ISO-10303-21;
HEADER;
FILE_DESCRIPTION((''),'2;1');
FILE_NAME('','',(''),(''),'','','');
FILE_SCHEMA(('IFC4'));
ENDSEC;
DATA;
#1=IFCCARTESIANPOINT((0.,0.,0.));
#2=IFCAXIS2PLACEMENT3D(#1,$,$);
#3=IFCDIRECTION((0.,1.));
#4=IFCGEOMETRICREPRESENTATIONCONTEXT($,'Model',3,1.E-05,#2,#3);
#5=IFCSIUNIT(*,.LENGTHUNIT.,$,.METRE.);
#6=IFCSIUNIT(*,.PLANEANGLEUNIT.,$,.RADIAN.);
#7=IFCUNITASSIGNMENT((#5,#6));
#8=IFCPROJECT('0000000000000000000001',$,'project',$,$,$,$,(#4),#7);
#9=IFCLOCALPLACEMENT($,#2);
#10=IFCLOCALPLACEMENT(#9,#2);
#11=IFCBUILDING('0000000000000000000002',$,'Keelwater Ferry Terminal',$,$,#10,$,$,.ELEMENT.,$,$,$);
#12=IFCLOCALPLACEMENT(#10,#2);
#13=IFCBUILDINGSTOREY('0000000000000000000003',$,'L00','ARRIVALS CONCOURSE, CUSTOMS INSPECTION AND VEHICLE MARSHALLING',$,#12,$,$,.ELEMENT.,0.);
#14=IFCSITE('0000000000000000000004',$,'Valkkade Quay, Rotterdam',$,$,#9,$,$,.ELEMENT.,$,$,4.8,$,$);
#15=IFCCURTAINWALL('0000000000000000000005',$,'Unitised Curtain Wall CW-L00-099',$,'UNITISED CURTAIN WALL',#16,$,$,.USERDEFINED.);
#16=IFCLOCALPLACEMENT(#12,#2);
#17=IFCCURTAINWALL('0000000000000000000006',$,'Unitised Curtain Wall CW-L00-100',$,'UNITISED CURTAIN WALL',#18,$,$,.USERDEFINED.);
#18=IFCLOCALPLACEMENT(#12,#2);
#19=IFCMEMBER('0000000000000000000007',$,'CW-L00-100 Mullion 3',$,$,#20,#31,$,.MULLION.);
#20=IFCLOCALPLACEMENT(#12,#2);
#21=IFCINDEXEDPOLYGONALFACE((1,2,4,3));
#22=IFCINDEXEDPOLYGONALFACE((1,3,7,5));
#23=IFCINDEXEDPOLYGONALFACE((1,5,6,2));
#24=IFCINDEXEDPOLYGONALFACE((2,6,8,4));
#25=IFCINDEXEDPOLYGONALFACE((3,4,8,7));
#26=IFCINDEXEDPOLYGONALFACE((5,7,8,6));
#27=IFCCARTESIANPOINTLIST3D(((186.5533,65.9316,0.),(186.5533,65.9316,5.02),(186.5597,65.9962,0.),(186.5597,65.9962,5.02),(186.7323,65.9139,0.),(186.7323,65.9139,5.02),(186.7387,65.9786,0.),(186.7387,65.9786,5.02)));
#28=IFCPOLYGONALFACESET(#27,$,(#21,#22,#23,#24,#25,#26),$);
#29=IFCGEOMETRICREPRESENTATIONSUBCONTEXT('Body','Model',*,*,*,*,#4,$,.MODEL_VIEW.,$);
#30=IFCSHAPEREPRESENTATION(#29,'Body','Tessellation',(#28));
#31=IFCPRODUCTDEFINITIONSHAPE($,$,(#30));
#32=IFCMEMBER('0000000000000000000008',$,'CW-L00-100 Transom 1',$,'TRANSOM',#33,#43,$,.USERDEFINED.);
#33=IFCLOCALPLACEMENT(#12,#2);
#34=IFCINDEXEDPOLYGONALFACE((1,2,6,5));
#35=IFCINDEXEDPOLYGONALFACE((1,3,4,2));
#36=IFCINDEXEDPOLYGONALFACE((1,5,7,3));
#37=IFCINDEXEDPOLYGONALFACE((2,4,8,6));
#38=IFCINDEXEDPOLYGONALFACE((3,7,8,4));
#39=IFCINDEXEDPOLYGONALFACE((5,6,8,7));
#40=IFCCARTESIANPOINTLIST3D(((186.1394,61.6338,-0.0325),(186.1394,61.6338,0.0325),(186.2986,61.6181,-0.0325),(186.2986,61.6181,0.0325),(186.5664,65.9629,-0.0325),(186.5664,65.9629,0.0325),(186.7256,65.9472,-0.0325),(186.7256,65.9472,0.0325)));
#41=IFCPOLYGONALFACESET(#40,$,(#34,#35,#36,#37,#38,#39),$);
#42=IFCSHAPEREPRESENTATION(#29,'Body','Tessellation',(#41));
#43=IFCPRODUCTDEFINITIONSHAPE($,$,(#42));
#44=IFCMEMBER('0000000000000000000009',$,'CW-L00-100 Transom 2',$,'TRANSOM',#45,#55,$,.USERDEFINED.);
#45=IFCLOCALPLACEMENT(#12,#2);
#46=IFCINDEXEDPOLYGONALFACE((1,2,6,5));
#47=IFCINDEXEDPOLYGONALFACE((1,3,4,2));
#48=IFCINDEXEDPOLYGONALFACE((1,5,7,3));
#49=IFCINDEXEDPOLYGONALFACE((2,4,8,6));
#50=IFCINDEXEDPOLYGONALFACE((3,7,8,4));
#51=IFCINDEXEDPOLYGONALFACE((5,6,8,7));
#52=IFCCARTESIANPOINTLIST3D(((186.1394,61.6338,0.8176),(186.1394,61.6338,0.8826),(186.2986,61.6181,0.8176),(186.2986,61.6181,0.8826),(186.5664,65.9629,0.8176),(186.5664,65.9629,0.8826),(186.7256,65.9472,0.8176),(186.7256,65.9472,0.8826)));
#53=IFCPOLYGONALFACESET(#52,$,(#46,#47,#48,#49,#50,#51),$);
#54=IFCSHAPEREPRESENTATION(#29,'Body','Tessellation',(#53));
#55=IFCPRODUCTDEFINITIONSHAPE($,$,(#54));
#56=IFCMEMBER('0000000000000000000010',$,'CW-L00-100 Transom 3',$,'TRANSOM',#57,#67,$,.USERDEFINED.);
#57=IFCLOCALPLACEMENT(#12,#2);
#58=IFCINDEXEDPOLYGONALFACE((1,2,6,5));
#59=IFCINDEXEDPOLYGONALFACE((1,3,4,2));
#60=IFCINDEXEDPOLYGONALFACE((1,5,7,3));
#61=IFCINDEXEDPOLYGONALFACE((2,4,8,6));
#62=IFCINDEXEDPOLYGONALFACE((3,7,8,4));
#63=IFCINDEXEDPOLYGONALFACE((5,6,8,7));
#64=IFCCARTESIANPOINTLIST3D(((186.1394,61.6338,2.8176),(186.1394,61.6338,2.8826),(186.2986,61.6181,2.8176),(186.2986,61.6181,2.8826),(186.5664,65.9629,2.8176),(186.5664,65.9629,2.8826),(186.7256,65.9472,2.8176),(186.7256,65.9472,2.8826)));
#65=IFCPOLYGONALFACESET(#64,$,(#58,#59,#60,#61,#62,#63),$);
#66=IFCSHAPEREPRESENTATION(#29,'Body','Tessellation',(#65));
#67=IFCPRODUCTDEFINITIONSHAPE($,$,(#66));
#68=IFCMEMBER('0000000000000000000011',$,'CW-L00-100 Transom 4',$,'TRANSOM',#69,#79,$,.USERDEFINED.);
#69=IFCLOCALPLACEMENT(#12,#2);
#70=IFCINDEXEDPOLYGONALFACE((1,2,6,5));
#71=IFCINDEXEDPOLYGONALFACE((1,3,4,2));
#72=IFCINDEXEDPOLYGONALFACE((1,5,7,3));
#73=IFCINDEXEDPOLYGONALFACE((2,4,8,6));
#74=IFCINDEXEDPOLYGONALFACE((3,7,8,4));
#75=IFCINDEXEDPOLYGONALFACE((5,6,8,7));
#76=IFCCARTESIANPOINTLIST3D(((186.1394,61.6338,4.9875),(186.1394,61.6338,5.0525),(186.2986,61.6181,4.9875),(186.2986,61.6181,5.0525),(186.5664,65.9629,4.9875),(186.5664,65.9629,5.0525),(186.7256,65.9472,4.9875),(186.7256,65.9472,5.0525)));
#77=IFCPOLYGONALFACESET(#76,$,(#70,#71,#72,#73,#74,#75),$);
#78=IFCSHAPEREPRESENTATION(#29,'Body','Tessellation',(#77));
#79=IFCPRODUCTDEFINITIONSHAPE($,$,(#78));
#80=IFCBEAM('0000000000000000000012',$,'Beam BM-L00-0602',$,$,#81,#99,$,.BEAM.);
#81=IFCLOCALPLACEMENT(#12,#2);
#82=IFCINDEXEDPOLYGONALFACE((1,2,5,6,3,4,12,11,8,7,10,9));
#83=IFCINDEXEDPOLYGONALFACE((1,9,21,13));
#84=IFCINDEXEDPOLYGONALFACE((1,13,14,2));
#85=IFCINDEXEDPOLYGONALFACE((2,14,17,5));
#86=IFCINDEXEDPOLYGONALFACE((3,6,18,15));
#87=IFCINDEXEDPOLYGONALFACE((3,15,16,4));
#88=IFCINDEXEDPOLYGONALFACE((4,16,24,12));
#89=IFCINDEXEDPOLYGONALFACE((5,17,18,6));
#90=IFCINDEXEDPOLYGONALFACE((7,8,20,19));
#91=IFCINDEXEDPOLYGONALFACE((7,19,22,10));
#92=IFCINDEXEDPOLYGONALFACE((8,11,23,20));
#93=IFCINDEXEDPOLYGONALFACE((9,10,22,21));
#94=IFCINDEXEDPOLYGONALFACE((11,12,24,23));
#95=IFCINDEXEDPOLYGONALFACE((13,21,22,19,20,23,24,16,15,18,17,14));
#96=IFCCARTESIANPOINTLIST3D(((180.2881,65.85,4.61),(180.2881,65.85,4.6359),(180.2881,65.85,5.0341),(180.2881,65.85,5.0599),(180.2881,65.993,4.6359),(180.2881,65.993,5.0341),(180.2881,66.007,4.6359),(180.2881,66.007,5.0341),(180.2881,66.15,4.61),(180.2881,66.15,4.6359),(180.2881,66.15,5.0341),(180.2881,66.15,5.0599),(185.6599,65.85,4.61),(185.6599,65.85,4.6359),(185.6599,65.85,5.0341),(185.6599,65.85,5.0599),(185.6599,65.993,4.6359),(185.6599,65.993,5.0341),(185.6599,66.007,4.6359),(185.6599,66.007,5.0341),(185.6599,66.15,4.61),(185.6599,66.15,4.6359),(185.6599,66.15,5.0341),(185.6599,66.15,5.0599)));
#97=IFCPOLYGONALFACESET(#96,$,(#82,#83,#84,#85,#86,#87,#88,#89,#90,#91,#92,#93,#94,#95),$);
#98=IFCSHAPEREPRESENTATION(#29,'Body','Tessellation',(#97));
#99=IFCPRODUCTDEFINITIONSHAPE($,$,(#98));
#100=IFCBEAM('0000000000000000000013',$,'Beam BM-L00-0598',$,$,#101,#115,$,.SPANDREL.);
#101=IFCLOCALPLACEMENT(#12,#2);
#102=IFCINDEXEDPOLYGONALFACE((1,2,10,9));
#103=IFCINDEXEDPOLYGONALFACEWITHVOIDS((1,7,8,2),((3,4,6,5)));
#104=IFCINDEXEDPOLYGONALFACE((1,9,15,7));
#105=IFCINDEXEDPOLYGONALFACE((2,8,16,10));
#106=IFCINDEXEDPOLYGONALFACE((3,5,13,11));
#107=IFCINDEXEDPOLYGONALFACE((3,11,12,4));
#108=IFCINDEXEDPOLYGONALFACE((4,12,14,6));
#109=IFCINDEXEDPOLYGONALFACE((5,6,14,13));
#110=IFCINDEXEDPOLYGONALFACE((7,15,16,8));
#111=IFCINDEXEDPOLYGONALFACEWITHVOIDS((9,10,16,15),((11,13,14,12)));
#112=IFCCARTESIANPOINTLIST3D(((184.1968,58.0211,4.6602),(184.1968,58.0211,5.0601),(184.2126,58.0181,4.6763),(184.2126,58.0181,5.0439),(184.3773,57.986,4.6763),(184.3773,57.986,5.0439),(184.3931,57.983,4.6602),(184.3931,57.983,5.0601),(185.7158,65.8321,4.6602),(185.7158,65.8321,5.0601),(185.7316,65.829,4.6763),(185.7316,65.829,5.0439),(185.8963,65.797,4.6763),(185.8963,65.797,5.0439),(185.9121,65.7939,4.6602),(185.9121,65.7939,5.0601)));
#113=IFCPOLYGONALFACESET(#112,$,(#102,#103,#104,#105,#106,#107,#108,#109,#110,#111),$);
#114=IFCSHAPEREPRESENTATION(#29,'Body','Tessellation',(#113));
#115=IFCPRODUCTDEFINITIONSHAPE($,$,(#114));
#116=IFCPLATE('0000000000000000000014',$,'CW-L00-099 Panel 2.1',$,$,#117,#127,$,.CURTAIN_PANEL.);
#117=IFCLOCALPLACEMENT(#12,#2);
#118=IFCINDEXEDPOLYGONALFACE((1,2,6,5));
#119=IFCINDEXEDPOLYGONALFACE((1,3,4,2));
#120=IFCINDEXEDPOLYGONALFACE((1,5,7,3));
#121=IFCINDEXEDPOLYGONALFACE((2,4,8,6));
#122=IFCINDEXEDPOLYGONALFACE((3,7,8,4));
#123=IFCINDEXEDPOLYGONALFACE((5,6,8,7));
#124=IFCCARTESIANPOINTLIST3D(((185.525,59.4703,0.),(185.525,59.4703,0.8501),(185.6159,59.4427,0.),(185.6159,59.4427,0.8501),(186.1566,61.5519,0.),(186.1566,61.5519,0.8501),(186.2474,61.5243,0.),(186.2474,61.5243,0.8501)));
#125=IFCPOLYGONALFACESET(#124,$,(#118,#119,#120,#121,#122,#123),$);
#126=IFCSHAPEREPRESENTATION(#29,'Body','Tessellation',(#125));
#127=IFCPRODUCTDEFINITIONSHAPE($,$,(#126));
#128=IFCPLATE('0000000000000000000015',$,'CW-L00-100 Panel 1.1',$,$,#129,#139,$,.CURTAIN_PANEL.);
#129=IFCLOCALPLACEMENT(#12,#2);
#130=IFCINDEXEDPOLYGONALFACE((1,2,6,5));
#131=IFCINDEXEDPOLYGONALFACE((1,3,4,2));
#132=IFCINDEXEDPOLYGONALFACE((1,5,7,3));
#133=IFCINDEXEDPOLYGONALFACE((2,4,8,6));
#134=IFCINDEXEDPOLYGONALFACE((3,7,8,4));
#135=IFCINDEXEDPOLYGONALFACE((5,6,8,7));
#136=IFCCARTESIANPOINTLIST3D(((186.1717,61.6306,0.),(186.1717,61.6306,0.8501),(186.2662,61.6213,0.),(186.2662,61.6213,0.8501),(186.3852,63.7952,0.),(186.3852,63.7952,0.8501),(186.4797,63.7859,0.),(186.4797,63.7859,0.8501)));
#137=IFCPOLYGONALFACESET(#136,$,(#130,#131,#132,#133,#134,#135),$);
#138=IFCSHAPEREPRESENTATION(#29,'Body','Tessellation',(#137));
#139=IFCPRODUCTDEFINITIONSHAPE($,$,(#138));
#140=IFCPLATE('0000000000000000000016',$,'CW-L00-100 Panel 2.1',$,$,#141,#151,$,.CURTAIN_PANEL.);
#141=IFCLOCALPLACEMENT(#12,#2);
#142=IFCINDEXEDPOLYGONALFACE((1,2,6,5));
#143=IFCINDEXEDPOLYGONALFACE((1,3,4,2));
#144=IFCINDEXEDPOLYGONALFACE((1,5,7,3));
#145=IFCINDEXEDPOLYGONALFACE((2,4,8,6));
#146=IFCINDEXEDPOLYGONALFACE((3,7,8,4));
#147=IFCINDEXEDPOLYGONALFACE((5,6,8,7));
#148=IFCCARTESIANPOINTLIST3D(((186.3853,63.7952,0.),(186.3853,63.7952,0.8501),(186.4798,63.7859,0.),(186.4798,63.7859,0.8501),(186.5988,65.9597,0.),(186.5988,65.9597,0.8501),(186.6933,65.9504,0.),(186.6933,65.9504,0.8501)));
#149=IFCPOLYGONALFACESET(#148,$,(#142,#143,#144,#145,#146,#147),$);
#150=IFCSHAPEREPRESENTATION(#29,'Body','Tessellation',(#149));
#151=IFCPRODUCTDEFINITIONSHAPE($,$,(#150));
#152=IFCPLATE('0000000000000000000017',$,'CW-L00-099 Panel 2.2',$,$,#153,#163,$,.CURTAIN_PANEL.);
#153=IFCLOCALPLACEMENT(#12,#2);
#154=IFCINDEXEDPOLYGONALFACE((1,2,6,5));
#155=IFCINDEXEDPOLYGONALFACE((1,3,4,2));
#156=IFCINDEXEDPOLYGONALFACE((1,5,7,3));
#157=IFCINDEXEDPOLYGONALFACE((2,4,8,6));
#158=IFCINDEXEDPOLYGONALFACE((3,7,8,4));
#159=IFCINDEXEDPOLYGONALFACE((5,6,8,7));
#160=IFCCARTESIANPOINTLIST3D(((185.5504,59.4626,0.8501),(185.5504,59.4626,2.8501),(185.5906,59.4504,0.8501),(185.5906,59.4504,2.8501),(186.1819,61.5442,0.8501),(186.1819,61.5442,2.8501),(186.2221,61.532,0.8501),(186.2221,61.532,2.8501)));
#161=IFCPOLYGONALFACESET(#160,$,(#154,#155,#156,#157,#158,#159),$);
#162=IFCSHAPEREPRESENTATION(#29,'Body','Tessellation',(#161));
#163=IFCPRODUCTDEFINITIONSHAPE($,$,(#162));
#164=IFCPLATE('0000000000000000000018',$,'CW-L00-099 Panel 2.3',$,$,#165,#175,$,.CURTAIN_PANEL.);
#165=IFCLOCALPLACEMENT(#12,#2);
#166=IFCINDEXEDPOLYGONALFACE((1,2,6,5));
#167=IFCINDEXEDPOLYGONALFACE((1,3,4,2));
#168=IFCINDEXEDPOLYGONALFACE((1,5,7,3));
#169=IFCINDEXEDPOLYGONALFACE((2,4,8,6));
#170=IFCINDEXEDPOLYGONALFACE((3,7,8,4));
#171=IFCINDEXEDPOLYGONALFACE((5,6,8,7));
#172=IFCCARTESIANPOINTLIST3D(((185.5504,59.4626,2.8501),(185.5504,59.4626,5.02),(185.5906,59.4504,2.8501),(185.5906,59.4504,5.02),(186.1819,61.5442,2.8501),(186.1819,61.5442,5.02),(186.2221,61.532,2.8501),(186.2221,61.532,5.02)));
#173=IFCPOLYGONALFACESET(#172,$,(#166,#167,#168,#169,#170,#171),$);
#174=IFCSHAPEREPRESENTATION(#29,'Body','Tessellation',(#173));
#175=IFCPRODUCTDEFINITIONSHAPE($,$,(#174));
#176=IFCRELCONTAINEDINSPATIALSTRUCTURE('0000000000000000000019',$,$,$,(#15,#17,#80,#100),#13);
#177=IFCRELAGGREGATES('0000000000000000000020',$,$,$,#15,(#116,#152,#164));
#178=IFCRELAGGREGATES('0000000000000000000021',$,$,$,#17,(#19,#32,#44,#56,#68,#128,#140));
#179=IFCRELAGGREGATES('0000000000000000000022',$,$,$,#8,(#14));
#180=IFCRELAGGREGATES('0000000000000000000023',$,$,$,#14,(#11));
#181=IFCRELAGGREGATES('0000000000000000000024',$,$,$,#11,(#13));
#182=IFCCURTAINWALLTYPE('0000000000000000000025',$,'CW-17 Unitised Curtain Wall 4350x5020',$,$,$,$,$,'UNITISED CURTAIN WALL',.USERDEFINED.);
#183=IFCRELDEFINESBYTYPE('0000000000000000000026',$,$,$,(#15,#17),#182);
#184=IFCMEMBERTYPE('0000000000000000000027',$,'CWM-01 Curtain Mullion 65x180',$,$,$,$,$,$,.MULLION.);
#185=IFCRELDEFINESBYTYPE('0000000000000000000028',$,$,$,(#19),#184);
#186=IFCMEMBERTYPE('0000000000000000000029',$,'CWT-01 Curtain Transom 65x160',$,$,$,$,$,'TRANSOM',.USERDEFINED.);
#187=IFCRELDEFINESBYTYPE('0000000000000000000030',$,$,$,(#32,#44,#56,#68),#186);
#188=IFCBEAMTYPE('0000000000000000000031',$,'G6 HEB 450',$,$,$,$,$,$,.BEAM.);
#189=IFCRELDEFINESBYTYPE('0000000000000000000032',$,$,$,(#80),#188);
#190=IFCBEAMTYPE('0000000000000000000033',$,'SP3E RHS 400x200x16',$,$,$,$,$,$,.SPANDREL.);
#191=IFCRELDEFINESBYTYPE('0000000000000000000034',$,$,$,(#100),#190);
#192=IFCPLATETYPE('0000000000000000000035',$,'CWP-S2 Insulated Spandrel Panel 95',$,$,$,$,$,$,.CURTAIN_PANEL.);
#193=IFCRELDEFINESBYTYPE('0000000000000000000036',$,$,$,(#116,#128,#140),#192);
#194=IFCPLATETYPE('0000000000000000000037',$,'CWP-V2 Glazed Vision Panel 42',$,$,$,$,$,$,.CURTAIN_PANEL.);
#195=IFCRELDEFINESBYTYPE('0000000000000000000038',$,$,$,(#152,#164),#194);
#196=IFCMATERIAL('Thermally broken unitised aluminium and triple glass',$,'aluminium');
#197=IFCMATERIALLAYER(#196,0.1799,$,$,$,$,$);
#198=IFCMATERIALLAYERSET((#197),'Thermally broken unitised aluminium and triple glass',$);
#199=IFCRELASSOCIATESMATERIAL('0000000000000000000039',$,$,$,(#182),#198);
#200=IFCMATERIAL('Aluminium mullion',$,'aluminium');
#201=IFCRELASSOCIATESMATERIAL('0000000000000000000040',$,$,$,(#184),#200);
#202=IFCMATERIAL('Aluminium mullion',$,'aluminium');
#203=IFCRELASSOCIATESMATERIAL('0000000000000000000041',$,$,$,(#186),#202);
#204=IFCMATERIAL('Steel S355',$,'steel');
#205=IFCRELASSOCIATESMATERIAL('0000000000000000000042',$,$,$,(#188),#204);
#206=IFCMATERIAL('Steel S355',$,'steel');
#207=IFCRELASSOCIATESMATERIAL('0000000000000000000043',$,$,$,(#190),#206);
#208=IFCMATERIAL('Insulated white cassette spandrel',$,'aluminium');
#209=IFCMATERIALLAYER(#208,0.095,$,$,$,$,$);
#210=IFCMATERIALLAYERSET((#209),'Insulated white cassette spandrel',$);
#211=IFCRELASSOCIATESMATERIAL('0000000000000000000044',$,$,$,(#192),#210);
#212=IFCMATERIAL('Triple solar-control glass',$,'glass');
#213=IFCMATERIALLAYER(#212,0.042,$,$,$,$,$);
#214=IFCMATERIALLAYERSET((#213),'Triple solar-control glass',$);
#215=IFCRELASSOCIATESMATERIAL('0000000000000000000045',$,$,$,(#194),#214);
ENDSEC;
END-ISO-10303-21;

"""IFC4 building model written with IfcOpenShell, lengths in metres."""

from ifc_helpers import new_model, si_unit, direction, frame, origin, origin_2d, place, context, subcontext, project, spatial, rectangle, hollow_rectangle, i_section, extrude, material, layer, layer_set, material_profile, profile_set, type_object, element, aggregate, save


model = new_model("IFC4")

# Units and contexts
model_context = context("Model", 3, precision=1e-05, world=origin(), true_north=direction((0.0, 1.0)))
body_context = subcontext(model_context, "Body", "Model", "MODEL_VIEW")
ifc_project = project(units=[si_unit("LENGTHUNIT", "METRE"), si_unit("PLANEANGLEUNIT", "RADIAN")], contexts=[model_context])

# Site, building, storey
site_placement = place(None, origin())
site = spatial("IfcSite", under=ifc_project, at=site_placement, Name="Valkkade Quay, Rotterdam", CompositionType="ELEMENT", RefElevation=4.8)
building_placement = place(site_placement, origin())
building = spatial("IfcBuilding", under=site, at=building_placement, Name="Keelwater Ferry Terminal", CompositionType="ELEMENT")
storey_placement = place(building_placement, origin())
storey = spatial("IfcBuildingStorey", under=building, at=storey_placement, Name="L00", Description="ARRIVALS CONCOURSE, CUSTOMS INSPECTION AND VEHICLE MARSHALLING", CompositionType="ELEMENT", Elevation=0.0)

# Curtain wall
ifc_material_1 = material(Name="Thermally broken unitised aluminium and triple glass", Category="aluminium")
ifc_layer_1 = layer(ifc_material_1, 0.1799)
ifc_layer_set_1 = layer_set([ifc_layer_1], Name="Thermally broken unitised aluminium and triple glass")
curtain_wall_type = type_object("IfcCurtainWallType", Name="CW-17 Unitised Curtain Wall 4350x5020", ElementType="UNITISED CURTAIN WALL", PredefinedType="USERDEFINED", material=ifc_layer_set_1)
curtain_wall_1_placement = place(storey_placement, origin())
curtain_wall_1 = element("IfcCurtainWall", 1, at=curtain_wall_1_placement, inside=storey, type_object=curtain_wall_type, Name="Unitised Curtain Wall CW-L00-099", ObjectType="UNITISED CURTAIN WALL", PredefinedType="USERDEFINED")
ifc_material_2 = material(Name="Aluminium mullion", Category="aluminium")
ifc_material_profile_1 = material_profile(ifc_material_2, rectangle(XDim=0.0649, YDim=0.1799, at=origin_2d()), Name="CWM-01")
ifc_profile_set_1 = profile_set([ifc_material_profile_1], Name="Aluminium mullion")
member_type_1 = type_object("IfcMemberType", Name="CWM-01 Curtain Mullion 65x180", PredefinedType="MULLION", material=ifc_profile_set_1)

# Curtain wall, members
curtain_wall_2_placement = place(storey_placement, origin())
curtain_wall_2 = element("IfcCurtainWall", 2, at=curtain_wall_2_placement, inside=storey, type_object=curtain_wall_type, Name="Unitised Curtain Wall CW-L00-100", ObjectType="UNITISED CURTAIN WALL", PredefinedType="USERDEFINED")
member_1_placement = place(storey_placement, frame((186.646, 65.9551, 0.0), z_axis=(0.0, 0.0, 1.0), x_axis=(0.098161, 0.995171, 0.0)))
member_1 = element("IfcMember", 3, at=member_1_placement, type_object=member_type_1, Name="CW-L00-100 Mullion 3", PredefinedType="MULLION", context=body_context, shape_type="SweptSolid", body=[
    extrude(rectangle(XDim=0.0649, YDim=0.1799, at=origin_2d()), origin(), (0.0, 0.0, 1.0), 5.02),
])
ifc_material_3 = material(Name="Aluminium mullion", Category="aluminium")
ifc_material_profile_2 = material_profile(ifc_material_3, rectangle(XDim=0.1599, YDim=0.0649, at=origin_2d()), Name="CWT-01")
ifc_profile_set_2 = profile_set([ifc_material_profile_2], Name="Aluminium mullion")
member_type_2 = type_object("IfcMemberType", Name="CWT-01 Curtain Transom 65x160", ElementType="TRANSOM", PredefinedType="USERDEFINED", material=ifc_profile_set_2)
member_2_placement = place(storey_placement, frame((186.219, 61.626, 0.0), z_axis=(0.098159, 0.995171, 0.0), x_axis=(-0.995171, 0.098159, 0.0)))
member_2 = element("IfcMember", 4, at=member_2_placement, type_object=member_type_2, Name="CW-L00-100 Transom 1", ObjectType="TRANSOM", PredefinedType="USERDEFINED", context=body_context, shape_type="SweptSolid", body=[
    extrude(rectangle(XDim=0.1599, YDim=0.0649, at=origin_2d()), origin(), (0.0, 0.0, 1.0), 4.3501),
])
member_3_placement = place(storey_placement, frame((186.219, 61.626, 0.8501), z_axis=(0.098159, 0.995171, 0.0), x_axis=(-0.995171, 0.098159, 0.0)))
member_3 = element("IfcMember", 5, at=member_3_placement, type_object=member_type_2, Name="CW-L00-100 Transom 2", ObjectType="TRANSOM", PredefinedType="USERDEFINED", context=body_context, shape_type="SweptSolid", body=[
    extrude(rectangle(XDim=0.1599, YDim=0.0649, at=origin_2d()), origin(), (0.0, 0.0, 1.0), 4.3501),
])
member_4_placement = place(storey_placement, frame((186.219, 61.626, 2.8501), z_axis=(0.098159, 0.995171, 0.0), x_axis=(-0.995171, 0.098159, 0.0)))
member_4 = element("IfcMember", 6, at=member_4_placement, type_object=member_type_2, Name="CW-L00-100 Transom 3", ObjectType="TRANSOM", PredefinedType="USERDEFINED", context=body_context, shape_type="SweptSolid", body=[
    extrude(rectangle(XDim=0.1599, YDim=0.0649, at=origin_2d()), origin(), (0.0, 0.0, 1.0), 4.3501),
])
member_5_placement = place(storey_placement, frame((186.219, 61.626, 5.02), z_axis=(0.098159, 0.995171, 0.0), x_axis=(-0.995171, 0.098159, 0.0)))
member_5 = element("IfcMember", 7, at=member_5_placement, type_object=member_type_2, Name="CW-L00-100 Transom 4", ObjectType="TRANSOM", PredefinedType="USERDEFINED", context=body_context, shape_type="SweptSolid", body=[
    extrude(rectangle(XDim=0.1599, YDim=0.0649, at=origin_2d()), origin(), (0.0, 0.0, 1.0), 4.3501),
])

# Beams
ifc_material_4 = material(Name="Steel S355", Category="steel")
ifc_material_profile_3 = material_profile(ifc_material_4, i_section(OverallWidth=0.3, OverallDepth=0.45, WebThickness=0.0139, FlangeThickness=0.0259, at=origin_2d()), Name="HEB 450")
ifc_profile_set_3 = profile_set([ifc_material_profile_3], Name="Steel S355")
beam_type_1 = type_object("IfcBeamType", Name="G6 HEB 450", PredefinedType="BEAM", material=ifc_profile_set_3)
beam_1_placement = place(storey_placement, frame((185.6599, 66.0, 4.835), z_axis=(-1.0, 0.0, 0.0), x_axis=(0.0, -1.0, 0.0)))
element("IfcBeam", 8, at=beam_1_placement, inside=storey, type_object=beam_type_1, Name="Beam BM-L00-0602", PredefinedType="BEAM", context=body_context, shape_type="SweptSolid", body=[
    extrude(i_section(OverallWidth=0.3, OverallDepth=0.45, WebThickness=0.0139, FlangeThickness=0.0259, at=origin_2d()), origin(), (0.0, 0.0, 1.0), 5.3718),
])
ifc_material_5 = material(Name="Steel S355", Category="steel")
ifc_material_profile_4 = material_profile(ifc_material_5, hollow_rectangle(XDim=0.2, YDim=0.3999, WallThickness=0.0161, at=origin_2d()), Name="RHS 400x200x16")
ifc_profile_set_4 = profile_set([ifc_material_profile_4], Name="Steel S355")
beam_type_2 = type_object("IfcBeamType", Name="SP3E RHS 400x200x16", PredefinedType="SPANDREL", material=ifc_profile_set_4)
beam_2_placement = place(storey_placement, frame((185.814, 65.813, 4.8601), z_axis=(-0.190898, -0.98161, 0.0), x_axis=(0.98161, -0.190898, 0.0)))
element("IfcBeam", 9, at=beam_2_placement, inside=storey, type_object=beam_type_2, Name="Beam BM-L00-0598", PredefinedType="SPANDREL", context=body_context, shape_type="SweptSolid", body=[
    extrude(hollow_rectangle(XDim=0.2, YDim=0.3999, WallThickness=0.0161, at=origin_2d()), origin(), (0.0, 0.0, 1.0), 7.9573),
])

# Plates
ifc_material_6 = material(Name="Insulated white cassette spandrel", Category="aluminium")
ifc_layer_2 = layer(ifc_material_6, 0.095)
ifc_layer_set_2 = layer_set([ifc_layer_2], Name="Insulated white cassette spandrel")
plate_type_1 = type_object("IfcPlateType", Name="CWP-S2 Insulated Spandrel Panel 95", PredefinedType="CURTAIN_PANEL", material=ifc_layer_set_2)
plate_1_placement = place(storey_placement, frame((185.8862, 60.4973, 0.0), z_axis=(0.0, 0.0, 1.0), x_axis=(0.29032, 0.95693, 0.0)))
plate_1 = element("IfcPlate", 10, at=plate_1_placement, type_object=plate_type_1, Name="CW-L00-099 Panel 2.1", PredefinedType="CURTAIN_PANEL", context=body_context, shape_type="SweptSolid", body=[
    extrude(rectangle(XDim=2.1753, YDim=0.095, at=origin_2d()), origin(), (0.0, 0.0, 1.0), 0.8501),
])
plate_2_placement = place(storey_placement, frame((186.3257, 62.7083, 0.0), z_axis=(0.0, 0.0, 1.0), x_axis=(0.098161, 0.995171, 0.0)))
plate_2 = element("IfcPlate", 11, at=plate_2_placement, type_object=plate_type_1, Name="CW-L00-100 Panel 1.1", PredefinedType="CURTAIN_PANEL", context=body_context, shape_type="SweptSolid", body=[
    extrude(rectangle(XDim=2.175, YDim=0.095, at=origin_2d()), origin(), (0.0, 0.0, 1.0), 0.8501),
])
plate_3_placement = place(storey_placement, frame((186.5393, 64.8728, 0.0), z_axis=(0.0, 0.0, 1.0), x_axis=(0.098161, 0.995171, 0.0)))
plate_3 = element("IfcPlate", 12, at=plate_3_placement, type_object=plate_type_1, Name="CW-L00-100 Panel 2.1", PredefinedType="CURTAIN_PANEL", context=body_context, shape_type="SweptSolid", body=[
    extrude(rectangle(XDim=2.175, YDim=0.095, at=origin_2d()), origin(), (0.0, 0.0, 1.0), 0.8501),
])
ifc_material_7 = material(Name="Triple solar-control glass", Category="glass")
ifc_layer_3 = layer(ifc_material_7, 0.042)
ifc_layer_set_3 = layer_set([ifc_layer_3], Name="Triple solar-control glass")
plate_type_2 = type_object("IfcPlateType", Name="CWP-V2 Glazed Vision Panel 42", PredefinedType="CURTAIN_PANEL", material=ifc_layer_set_3)
plate_4_placement = place(storey_placement, frame((185.8862, 60.4973, 0.8501), z_axis=(0.0, 0.0, 1.0), x_axis=(0.29032, 0.95693, 0.0)))
plate_4 = element("IfcPlate", 13, at=plate_4_placement, type_object=plate_type_2, Name="CW-L00-099 Panel 2.2", PredefinedType="CURTAIN_PANEL", context=body_context, shape_type="SweptSolid", body=[
    extrude(rectangle(XDim=2.1753, YDim=0.042, at=origin_2d()), origin(), (0.0, 0.0, 1.0), 2.0),
])
plate_5_placement = place(storey_placement, frame((185.8862, 60.4973, 2.8501), z_axis=(0.0, 0.0, 1.0), x_axis=(0.29032, 0.95693, 0.0)))
plate_5 = element("IfcPlate", 14, at=plate_5_placement, type_object=plate_type_2, Name="CW-L00-099 Panel 2.3", PredefinedType="CURTAIN_PANEL", context=body_context, shape_type="SweptSolid", body=[
    extrude(rectangle(XDim=2.1753, YDim=0.042, at=origin_2d()), origin(), (0.0, 0.0, 1.0), 2.1699),
])
aggregate(curtain_wall_1, [plate_1, plate_4, plate_5])
aggregate(curtain_wall_2, [member_1, member_2, member_3, member_4, member_5, plate_2, plate_3])

save(model, "model.ifc")
